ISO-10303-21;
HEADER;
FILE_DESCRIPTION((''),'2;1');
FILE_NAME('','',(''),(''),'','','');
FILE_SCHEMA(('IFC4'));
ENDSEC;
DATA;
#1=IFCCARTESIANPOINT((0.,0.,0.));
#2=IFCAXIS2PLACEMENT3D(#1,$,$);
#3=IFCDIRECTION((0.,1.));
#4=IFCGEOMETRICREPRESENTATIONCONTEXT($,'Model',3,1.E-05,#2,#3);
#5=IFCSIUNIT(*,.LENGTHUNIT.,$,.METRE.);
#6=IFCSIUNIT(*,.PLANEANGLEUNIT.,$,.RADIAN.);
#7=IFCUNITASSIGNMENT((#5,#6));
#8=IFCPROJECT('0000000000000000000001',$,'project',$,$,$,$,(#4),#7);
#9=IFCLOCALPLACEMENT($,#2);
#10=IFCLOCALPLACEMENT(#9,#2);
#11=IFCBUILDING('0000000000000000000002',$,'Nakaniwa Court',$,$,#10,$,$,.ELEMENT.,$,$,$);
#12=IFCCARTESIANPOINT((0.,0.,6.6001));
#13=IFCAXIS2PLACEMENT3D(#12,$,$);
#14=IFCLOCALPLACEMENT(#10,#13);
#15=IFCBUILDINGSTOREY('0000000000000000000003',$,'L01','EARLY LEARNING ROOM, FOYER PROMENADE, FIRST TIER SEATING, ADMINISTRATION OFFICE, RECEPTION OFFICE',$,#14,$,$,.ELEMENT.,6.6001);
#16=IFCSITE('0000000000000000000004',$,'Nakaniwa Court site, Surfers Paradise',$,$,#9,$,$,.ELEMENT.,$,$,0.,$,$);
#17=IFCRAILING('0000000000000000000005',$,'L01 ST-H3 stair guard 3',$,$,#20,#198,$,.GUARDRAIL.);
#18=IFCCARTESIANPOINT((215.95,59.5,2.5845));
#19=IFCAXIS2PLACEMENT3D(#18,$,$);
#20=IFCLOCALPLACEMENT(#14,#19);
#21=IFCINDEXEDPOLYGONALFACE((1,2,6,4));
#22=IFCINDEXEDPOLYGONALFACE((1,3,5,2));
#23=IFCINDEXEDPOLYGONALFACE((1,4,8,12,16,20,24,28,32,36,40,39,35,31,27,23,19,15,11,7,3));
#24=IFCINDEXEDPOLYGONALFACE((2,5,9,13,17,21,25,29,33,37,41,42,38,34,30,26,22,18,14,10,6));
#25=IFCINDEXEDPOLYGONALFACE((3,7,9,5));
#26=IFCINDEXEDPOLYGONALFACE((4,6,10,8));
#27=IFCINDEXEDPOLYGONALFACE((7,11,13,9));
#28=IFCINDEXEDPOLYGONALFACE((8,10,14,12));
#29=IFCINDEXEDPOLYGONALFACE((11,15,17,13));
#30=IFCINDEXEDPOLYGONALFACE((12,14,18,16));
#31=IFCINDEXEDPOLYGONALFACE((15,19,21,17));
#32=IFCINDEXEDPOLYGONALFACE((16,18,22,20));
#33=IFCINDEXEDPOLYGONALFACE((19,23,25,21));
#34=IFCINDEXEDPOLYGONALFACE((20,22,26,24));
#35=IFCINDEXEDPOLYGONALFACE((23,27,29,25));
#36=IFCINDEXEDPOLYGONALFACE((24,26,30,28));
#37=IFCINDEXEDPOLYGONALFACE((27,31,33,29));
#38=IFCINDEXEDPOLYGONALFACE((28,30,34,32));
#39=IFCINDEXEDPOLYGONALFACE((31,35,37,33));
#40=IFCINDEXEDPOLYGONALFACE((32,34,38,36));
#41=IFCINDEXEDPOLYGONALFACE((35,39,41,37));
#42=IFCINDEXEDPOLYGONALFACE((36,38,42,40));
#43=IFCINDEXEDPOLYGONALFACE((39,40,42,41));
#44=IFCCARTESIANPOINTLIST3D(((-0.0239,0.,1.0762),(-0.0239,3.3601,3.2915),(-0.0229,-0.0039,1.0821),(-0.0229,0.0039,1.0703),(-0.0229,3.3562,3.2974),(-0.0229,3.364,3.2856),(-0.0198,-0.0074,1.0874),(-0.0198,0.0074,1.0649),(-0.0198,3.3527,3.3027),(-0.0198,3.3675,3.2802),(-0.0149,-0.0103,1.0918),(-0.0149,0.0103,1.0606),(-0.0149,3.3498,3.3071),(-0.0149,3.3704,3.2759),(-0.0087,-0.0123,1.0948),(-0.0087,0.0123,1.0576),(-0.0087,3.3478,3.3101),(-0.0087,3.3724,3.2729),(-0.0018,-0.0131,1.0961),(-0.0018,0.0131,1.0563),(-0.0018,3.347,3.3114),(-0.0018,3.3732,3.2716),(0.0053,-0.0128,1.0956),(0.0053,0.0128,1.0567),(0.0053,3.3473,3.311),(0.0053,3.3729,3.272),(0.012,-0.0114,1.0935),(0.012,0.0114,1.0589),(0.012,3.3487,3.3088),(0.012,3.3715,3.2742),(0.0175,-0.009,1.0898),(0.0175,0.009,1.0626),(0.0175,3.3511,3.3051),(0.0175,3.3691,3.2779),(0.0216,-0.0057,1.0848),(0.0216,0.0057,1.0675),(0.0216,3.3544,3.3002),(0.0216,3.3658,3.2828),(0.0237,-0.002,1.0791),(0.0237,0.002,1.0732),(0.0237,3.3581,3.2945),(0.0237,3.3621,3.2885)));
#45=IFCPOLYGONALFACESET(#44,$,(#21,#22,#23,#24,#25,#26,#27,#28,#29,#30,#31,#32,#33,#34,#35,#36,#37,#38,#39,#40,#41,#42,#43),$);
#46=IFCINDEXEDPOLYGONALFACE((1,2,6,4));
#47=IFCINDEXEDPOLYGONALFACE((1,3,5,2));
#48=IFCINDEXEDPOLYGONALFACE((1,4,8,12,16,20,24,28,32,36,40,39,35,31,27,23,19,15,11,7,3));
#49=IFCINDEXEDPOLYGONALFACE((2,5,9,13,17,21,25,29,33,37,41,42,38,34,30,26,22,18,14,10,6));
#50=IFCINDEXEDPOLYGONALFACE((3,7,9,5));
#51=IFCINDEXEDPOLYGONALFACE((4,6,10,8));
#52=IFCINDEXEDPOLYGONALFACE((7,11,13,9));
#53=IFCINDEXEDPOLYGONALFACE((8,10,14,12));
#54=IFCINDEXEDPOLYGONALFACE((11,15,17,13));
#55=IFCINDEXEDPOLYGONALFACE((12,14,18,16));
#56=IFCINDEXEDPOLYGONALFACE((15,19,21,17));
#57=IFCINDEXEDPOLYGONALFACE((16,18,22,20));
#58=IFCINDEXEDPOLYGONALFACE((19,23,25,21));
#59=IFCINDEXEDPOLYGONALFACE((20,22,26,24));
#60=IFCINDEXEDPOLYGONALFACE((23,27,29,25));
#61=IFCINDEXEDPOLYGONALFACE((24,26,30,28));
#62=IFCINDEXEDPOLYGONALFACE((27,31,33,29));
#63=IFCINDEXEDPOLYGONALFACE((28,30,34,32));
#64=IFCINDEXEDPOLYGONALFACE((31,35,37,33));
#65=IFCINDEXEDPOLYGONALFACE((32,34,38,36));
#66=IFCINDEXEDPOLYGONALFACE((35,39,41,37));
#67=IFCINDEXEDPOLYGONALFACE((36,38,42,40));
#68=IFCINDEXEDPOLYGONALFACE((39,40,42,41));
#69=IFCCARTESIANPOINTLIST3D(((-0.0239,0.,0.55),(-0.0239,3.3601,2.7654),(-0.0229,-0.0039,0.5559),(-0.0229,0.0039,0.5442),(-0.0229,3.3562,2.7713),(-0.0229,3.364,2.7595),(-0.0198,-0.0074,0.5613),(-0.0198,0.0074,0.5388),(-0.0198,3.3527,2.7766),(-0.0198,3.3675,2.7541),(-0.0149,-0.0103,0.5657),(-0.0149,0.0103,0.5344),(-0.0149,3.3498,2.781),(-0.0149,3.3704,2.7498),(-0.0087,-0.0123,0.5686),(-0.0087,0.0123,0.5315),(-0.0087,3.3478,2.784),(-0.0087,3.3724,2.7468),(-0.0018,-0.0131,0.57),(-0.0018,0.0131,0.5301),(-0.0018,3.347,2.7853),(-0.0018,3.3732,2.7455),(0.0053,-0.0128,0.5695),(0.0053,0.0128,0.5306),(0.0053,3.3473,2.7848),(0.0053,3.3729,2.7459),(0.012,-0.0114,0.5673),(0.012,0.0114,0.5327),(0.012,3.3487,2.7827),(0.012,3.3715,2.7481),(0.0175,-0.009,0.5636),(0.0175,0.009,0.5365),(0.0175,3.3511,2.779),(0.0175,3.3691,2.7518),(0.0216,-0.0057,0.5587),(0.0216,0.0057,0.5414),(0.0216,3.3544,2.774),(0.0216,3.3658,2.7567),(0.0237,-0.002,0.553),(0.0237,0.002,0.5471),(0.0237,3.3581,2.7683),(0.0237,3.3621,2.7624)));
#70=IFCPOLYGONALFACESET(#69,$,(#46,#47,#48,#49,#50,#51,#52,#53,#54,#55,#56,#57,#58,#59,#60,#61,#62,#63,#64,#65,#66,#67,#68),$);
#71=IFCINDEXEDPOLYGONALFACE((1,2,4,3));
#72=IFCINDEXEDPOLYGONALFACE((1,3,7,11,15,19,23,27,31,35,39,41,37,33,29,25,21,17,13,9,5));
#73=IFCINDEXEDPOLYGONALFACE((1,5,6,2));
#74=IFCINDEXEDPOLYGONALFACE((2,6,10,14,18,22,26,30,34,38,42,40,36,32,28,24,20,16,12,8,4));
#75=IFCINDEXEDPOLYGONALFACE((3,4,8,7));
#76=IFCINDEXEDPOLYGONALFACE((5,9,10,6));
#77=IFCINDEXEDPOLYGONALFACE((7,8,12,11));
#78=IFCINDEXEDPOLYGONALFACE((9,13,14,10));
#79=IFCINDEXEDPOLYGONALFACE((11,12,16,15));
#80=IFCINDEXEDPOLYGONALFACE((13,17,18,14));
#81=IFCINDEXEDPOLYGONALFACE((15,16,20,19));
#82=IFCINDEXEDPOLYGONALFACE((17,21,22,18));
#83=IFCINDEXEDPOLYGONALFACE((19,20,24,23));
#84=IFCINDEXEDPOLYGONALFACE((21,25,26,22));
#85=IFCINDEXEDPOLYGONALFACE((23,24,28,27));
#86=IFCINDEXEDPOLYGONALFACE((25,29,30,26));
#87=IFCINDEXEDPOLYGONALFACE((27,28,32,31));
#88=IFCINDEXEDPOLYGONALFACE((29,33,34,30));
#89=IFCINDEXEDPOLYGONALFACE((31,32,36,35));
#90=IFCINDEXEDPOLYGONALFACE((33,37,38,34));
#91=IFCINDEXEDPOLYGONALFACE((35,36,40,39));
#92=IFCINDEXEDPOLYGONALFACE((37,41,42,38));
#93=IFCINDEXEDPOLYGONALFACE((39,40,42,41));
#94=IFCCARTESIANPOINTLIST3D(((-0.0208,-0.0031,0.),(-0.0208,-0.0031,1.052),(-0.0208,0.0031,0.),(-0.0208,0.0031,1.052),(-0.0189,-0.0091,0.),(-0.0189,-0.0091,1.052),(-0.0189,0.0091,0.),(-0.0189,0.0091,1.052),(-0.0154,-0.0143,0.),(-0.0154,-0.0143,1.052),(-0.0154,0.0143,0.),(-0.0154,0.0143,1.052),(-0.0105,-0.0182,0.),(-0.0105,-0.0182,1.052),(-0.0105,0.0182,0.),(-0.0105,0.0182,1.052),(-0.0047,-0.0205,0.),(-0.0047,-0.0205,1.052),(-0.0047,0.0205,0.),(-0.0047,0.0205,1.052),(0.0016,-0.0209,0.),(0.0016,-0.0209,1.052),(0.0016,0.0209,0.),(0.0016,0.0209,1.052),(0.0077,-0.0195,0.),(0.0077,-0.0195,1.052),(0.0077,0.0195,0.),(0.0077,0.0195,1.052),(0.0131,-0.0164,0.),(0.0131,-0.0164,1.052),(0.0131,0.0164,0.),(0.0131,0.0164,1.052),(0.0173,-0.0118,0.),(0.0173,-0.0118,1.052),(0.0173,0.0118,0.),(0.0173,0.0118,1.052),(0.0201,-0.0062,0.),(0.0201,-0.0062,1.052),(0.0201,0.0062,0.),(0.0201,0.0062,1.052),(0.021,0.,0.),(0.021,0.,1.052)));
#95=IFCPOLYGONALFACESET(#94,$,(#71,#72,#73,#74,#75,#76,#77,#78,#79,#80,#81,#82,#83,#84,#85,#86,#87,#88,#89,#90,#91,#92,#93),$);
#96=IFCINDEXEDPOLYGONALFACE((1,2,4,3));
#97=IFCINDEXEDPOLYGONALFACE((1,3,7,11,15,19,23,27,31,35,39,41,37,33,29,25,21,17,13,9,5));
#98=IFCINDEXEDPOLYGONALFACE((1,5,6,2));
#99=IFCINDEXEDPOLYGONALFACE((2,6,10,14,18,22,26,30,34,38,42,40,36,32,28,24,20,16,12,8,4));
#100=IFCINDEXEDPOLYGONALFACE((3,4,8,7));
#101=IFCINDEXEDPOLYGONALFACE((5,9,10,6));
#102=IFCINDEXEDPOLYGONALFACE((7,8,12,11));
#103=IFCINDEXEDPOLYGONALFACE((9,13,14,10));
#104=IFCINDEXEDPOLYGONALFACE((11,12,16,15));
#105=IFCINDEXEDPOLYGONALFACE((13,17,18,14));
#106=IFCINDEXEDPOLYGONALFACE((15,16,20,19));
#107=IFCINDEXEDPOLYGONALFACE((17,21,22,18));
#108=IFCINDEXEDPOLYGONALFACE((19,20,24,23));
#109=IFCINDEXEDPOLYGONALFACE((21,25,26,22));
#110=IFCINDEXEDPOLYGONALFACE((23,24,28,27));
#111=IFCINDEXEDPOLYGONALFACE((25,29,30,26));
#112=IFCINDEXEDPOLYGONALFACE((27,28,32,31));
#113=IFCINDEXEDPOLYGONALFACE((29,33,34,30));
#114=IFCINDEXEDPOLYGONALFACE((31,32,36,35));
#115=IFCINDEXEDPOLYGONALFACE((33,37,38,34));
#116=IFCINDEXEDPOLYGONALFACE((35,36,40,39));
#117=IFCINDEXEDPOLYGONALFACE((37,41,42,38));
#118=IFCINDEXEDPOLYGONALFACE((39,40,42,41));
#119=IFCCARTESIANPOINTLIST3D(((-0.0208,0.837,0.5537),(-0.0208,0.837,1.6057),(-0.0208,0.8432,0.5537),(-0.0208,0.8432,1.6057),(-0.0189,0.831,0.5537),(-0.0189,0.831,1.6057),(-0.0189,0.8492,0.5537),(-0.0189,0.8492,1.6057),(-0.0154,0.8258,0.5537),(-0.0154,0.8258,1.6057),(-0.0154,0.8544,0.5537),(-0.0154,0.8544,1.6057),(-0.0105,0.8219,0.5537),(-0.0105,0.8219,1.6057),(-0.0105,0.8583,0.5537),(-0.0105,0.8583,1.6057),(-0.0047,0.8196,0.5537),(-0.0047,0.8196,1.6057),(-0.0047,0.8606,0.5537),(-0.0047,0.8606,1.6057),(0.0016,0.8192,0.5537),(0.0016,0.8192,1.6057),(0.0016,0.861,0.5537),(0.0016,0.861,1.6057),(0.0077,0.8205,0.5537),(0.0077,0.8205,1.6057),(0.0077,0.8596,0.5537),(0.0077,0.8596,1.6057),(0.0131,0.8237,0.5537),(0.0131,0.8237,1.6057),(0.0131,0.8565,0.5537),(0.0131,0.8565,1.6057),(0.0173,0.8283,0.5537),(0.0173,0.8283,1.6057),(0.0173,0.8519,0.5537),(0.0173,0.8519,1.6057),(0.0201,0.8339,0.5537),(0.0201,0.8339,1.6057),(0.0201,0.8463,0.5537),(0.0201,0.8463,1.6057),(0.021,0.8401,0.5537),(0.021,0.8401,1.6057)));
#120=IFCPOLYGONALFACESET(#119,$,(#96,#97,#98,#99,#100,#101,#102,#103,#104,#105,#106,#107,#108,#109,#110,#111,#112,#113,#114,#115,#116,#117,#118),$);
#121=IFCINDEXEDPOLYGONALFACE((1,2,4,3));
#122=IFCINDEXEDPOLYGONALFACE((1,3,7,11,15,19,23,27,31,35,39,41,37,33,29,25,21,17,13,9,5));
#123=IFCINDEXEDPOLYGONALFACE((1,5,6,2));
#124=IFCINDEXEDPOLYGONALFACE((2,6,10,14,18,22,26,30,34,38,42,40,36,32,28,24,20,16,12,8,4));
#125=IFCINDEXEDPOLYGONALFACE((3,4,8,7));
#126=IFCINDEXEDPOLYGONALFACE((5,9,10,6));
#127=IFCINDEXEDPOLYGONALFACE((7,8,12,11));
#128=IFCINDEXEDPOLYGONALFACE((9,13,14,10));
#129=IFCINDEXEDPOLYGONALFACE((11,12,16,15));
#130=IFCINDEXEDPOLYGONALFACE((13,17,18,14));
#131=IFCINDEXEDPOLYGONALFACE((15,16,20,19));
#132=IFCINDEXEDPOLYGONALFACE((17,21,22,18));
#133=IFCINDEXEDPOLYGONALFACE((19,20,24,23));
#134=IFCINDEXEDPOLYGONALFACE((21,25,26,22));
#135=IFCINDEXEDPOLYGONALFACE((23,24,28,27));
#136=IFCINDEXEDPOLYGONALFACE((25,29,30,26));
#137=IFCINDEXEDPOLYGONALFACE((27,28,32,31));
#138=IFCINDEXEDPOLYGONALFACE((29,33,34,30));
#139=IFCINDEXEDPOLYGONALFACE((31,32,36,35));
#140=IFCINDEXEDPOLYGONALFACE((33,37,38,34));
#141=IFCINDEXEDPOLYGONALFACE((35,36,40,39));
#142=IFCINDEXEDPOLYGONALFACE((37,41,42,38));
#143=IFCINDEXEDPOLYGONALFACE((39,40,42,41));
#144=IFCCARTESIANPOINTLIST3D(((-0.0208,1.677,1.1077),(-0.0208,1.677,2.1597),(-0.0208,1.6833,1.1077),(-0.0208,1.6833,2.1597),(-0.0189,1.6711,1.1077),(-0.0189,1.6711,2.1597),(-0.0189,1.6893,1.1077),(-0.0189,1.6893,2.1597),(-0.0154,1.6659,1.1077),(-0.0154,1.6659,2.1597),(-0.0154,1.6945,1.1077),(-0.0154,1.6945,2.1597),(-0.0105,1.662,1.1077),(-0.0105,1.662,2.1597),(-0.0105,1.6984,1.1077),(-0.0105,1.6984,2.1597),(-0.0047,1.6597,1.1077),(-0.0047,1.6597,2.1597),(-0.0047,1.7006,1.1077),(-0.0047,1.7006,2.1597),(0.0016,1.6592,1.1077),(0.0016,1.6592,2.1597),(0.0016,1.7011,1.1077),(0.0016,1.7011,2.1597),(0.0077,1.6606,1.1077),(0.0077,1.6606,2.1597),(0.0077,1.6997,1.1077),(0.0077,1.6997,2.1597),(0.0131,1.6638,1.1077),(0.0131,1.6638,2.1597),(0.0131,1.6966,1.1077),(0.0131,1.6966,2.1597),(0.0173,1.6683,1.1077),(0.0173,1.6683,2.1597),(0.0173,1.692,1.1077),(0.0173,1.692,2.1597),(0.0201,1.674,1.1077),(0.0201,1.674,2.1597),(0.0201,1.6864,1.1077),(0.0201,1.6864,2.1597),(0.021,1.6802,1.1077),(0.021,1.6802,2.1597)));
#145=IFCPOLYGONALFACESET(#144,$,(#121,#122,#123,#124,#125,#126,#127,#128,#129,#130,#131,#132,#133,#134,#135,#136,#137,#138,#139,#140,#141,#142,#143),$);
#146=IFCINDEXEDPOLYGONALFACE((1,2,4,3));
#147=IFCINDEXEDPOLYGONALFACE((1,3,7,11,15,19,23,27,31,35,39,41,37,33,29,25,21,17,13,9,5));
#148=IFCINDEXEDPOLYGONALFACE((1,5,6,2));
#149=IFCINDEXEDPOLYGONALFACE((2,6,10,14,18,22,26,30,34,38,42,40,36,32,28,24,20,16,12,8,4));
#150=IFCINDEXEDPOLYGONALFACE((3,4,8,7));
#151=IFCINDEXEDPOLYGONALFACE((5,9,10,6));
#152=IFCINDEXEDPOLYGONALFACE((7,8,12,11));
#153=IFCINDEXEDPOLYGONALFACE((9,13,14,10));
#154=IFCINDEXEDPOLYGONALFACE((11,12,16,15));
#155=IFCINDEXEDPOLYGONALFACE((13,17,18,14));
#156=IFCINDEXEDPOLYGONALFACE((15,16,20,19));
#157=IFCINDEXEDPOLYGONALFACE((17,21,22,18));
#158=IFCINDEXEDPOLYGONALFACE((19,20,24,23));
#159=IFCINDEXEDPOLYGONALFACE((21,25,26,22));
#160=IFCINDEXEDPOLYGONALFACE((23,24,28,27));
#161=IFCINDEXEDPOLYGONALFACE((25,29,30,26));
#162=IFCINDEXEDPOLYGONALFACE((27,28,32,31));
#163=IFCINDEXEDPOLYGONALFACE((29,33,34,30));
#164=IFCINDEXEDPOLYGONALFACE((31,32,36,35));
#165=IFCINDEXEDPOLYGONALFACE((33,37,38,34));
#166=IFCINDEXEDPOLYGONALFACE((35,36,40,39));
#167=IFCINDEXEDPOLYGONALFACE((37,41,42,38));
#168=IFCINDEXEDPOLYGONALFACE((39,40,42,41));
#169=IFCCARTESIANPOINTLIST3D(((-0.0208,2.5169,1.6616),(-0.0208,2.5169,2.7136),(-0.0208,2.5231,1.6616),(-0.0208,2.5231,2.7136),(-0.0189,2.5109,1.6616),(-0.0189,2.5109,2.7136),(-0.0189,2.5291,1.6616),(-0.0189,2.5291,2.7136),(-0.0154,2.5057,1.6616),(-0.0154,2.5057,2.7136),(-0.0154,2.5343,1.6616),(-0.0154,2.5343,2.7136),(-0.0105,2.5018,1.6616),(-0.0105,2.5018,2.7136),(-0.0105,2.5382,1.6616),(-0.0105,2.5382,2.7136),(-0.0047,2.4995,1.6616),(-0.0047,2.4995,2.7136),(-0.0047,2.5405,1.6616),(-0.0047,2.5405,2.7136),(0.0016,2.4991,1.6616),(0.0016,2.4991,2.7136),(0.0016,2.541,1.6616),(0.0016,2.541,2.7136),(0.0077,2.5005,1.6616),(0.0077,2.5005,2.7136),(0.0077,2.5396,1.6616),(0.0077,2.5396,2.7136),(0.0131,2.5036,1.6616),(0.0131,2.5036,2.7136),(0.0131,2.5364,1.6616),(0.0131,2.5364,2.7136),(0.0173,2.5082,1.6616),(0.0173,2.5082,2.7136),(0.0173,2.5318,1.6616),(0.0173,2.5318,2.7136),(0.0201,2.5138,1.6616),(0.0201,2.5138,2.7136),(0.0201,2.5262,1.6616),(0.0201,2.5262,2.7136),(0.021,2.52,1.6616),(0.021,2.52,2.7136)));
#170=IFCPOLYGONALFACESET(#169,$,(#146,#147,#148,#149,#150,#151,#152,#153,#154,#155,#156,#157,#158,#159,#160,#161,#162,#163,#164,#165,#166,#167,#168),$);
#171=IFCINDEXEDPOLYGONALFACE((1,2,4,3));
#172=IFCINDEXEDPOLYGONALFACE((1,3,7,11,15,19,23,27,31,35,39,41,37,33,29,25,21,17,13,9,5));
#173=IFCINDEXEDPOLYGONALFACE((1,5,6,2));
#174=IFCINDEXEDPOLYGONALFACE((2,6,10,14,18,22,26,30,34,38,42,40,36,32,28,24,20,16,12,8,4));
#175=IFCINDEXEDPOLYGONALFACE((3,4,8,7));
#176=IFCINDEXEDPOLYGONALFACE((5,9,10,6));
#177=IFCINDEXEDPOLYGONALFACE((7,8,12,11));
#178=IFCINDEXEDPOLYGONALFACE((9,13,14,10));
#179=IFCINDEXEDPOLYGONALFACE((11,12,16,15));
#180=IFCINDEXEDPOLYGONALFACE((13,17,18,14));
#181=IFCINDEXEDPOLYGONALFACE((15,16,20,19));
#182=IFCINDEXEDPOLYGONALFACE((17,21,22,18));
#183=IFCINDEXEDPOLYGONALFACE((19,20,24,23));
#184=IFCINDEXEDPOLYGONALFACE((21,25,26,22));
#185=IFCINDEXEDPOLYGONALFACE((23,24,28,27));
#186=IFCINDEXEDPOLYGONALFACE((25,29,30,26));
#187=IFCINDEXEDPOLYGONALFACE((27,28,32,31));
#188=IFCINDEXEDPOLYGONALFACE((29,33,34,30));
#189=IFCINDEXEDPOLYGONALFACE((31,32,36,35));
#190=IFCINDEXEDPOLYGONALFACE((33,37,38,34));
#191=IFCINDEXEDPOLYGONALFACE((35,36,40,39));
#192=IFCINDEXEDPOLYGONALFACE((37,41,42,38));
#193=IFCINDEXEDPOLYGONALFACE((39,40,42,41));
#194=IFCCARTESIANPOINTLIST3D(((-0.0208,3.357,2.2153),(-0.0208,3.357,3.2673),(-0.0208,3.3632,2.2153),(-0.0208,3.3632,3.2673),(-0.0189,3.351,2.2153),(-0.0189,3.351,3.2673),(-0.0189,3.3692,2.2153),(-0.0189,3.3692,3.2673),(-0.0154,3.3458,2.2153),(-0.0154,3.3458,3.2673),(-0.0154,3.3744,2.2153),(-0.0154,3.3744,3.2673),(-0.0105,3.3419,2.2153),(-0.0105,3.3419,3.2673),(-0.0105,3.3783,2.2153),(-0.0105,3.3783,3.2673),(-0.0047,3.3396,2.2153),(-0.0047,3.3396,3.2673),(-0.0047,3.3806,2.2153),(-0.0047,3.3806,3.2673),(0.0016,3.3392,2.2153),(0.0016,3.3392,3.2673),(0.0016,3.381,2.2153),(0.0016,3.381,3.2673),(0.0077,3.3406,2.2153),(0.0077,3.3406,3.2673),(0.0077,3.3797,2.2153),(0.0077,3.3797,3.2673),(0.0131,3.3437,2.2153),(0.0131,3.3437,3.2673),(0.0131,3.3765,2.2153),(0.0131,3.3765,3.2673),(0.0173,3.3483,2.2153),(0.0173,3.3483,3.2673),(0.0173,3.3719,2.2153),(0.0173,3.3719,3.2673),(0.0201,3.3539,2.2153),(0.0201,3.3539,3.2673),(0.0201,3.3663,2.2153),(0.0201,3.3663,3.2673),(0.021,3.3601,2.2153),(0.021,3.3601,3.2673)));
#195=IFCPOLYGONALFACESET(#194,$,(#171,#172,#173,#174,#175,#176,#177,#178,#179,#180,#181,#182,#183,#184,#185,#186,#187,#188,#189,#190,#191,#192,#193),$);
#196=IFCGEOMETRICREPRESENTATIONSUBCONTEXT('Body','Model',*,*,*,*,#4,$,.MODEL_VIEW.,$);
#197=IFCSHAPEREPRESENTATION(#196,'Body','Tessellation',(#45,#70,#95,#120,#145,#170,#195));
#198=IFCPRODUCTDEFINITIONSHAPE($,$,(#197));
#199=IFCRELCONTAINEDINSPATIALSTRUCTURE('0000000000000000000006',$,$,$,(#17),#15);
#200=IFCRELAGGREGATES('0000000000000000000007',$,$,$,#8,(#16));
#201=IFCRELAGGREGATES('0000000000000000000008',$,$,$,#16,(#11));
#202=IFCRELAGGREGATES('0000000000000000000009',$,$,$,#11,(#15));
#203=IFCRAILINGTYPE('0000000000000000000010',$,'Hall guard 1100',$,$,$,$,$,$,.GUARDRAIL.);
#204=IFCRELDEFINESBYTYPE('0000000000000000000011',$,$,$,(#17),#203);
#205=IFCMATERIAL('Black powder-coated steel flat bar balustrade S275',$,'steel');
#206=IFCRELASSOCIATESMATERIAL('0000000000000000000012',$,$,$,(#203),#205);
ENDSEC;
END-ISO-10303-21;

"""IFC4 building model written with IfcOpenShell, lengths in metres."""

from ifc_helpers import new_model, si_unit, direction, frame, origin, origin_2d, place, context, subcontext, project, spatial, circle, extrude, material, type_object, element, save


model = new_model("IFC4")

# Units and contexts
model_context = context("Model", 3, precision=1e-05, world=origin(), true_north=direction((0.0, 1.0)))
body_context = subcontext(model_context, "Body", "Model", "MODEL_VIEW")
ifc_project = project(units=[si_unit("LENGTHUNIT", "METRE"), si_unit("PLANEANGLEUNIT", "RADIAN")], contexts=[model_context])

# Site, building, storey
site_placement = place(None, origin())
site = spatial("IfcSite", under=ifc_project, at=site_placement, Name="Nakaniwa Court site, Surfers Paradise", CompositionType="ELEMENT", RefElevation=0.0)
building_placement = place(site_placement, origin())
building = spatial("IfcBuilding", under=site, at=building_placement, Name="Nakaniwa Court", CompositionType="ELEMENT")
storey_placement = place(building_placement, frame((0.0, 0.0, 6.6001)))
storey = spatial("IfcBuildingStorey", under=building, at=storey_placement, Name="L01", Description="EARLY LEARNING ROOM, FOYER PROMENADE, FIRST TIER SEATING, ADMINISTRATION OFFICE, RECEPTION OFFICE", CompositionType="ELEMENT", Elevation=6.6001)

# Railing
ifc_material_1 = material(Name="Black powder-coated steel flat bar balustrade S275", Category="steel")
railing_type_1 = type_object("IfcRailingType", Name="Hall guard 1100", PredefinedType="GUARDRAIL", material=ifc_material_1)
railing_1_placement = place(storey_placement, frame((215.95, 59.5, 2.5845)))
element("IfcRailing", 1, at=railing_1_placement, inside=storey, type_object=railing_type_1, Name="L01 ST-H3 stair guard 3", PredefinedType="GUARDRAIL", context=body_context, shape_type="SweptSolid", body=[
    extrude(circle(Radius=0.0239, at=origin_2d()), frame((0.0, 0.0, 1.0762), z_axis=(0.0, 0.834876, 0.550437), x_axis=(-1.0, 0.0, 0.0)), (0.0, 0.0, 1.0), 4.0247),
    extrude(circle(Radius=0.0239, at=origin_2d()), frame((0.0, 0.0, 0.55), z_axis=(0.0, 0.834876, 0.550437), x_axis=(-1.0, 0.0, 0.0)), (0.0, 0.0, 1.0), 4.0247),
    extrude(circle(Radius=0.021, at=origin_2d()), origin(), (0.0, 0.0, 1.0), 1.052),
    extrude(circle(Radius=0.021, at=origin_2d()), frame((0.0, 0.8401, 0.5537)), (0.0, 0.0, 1.0), 1.052),
    extrude(circle(Radius=0.021, at=origin_2d()), frame((0.0, 1.6802, 1.1077)), (0.0, 0.0, 1.0), 1.052),
    extrude(circle(Radius=0.021, at=origin_2d()), frame((0.0, 2.52, 1.6616)), (0.0, 0.0, 1.0), 1.052),
    extrude(circle(Radius=0.021, at=origin_2d()), frame((0.0, 3.3601, 2.2153)), (0.0, 0.0, 1.0), 1.052),
])

save(model, "model.ifc")
